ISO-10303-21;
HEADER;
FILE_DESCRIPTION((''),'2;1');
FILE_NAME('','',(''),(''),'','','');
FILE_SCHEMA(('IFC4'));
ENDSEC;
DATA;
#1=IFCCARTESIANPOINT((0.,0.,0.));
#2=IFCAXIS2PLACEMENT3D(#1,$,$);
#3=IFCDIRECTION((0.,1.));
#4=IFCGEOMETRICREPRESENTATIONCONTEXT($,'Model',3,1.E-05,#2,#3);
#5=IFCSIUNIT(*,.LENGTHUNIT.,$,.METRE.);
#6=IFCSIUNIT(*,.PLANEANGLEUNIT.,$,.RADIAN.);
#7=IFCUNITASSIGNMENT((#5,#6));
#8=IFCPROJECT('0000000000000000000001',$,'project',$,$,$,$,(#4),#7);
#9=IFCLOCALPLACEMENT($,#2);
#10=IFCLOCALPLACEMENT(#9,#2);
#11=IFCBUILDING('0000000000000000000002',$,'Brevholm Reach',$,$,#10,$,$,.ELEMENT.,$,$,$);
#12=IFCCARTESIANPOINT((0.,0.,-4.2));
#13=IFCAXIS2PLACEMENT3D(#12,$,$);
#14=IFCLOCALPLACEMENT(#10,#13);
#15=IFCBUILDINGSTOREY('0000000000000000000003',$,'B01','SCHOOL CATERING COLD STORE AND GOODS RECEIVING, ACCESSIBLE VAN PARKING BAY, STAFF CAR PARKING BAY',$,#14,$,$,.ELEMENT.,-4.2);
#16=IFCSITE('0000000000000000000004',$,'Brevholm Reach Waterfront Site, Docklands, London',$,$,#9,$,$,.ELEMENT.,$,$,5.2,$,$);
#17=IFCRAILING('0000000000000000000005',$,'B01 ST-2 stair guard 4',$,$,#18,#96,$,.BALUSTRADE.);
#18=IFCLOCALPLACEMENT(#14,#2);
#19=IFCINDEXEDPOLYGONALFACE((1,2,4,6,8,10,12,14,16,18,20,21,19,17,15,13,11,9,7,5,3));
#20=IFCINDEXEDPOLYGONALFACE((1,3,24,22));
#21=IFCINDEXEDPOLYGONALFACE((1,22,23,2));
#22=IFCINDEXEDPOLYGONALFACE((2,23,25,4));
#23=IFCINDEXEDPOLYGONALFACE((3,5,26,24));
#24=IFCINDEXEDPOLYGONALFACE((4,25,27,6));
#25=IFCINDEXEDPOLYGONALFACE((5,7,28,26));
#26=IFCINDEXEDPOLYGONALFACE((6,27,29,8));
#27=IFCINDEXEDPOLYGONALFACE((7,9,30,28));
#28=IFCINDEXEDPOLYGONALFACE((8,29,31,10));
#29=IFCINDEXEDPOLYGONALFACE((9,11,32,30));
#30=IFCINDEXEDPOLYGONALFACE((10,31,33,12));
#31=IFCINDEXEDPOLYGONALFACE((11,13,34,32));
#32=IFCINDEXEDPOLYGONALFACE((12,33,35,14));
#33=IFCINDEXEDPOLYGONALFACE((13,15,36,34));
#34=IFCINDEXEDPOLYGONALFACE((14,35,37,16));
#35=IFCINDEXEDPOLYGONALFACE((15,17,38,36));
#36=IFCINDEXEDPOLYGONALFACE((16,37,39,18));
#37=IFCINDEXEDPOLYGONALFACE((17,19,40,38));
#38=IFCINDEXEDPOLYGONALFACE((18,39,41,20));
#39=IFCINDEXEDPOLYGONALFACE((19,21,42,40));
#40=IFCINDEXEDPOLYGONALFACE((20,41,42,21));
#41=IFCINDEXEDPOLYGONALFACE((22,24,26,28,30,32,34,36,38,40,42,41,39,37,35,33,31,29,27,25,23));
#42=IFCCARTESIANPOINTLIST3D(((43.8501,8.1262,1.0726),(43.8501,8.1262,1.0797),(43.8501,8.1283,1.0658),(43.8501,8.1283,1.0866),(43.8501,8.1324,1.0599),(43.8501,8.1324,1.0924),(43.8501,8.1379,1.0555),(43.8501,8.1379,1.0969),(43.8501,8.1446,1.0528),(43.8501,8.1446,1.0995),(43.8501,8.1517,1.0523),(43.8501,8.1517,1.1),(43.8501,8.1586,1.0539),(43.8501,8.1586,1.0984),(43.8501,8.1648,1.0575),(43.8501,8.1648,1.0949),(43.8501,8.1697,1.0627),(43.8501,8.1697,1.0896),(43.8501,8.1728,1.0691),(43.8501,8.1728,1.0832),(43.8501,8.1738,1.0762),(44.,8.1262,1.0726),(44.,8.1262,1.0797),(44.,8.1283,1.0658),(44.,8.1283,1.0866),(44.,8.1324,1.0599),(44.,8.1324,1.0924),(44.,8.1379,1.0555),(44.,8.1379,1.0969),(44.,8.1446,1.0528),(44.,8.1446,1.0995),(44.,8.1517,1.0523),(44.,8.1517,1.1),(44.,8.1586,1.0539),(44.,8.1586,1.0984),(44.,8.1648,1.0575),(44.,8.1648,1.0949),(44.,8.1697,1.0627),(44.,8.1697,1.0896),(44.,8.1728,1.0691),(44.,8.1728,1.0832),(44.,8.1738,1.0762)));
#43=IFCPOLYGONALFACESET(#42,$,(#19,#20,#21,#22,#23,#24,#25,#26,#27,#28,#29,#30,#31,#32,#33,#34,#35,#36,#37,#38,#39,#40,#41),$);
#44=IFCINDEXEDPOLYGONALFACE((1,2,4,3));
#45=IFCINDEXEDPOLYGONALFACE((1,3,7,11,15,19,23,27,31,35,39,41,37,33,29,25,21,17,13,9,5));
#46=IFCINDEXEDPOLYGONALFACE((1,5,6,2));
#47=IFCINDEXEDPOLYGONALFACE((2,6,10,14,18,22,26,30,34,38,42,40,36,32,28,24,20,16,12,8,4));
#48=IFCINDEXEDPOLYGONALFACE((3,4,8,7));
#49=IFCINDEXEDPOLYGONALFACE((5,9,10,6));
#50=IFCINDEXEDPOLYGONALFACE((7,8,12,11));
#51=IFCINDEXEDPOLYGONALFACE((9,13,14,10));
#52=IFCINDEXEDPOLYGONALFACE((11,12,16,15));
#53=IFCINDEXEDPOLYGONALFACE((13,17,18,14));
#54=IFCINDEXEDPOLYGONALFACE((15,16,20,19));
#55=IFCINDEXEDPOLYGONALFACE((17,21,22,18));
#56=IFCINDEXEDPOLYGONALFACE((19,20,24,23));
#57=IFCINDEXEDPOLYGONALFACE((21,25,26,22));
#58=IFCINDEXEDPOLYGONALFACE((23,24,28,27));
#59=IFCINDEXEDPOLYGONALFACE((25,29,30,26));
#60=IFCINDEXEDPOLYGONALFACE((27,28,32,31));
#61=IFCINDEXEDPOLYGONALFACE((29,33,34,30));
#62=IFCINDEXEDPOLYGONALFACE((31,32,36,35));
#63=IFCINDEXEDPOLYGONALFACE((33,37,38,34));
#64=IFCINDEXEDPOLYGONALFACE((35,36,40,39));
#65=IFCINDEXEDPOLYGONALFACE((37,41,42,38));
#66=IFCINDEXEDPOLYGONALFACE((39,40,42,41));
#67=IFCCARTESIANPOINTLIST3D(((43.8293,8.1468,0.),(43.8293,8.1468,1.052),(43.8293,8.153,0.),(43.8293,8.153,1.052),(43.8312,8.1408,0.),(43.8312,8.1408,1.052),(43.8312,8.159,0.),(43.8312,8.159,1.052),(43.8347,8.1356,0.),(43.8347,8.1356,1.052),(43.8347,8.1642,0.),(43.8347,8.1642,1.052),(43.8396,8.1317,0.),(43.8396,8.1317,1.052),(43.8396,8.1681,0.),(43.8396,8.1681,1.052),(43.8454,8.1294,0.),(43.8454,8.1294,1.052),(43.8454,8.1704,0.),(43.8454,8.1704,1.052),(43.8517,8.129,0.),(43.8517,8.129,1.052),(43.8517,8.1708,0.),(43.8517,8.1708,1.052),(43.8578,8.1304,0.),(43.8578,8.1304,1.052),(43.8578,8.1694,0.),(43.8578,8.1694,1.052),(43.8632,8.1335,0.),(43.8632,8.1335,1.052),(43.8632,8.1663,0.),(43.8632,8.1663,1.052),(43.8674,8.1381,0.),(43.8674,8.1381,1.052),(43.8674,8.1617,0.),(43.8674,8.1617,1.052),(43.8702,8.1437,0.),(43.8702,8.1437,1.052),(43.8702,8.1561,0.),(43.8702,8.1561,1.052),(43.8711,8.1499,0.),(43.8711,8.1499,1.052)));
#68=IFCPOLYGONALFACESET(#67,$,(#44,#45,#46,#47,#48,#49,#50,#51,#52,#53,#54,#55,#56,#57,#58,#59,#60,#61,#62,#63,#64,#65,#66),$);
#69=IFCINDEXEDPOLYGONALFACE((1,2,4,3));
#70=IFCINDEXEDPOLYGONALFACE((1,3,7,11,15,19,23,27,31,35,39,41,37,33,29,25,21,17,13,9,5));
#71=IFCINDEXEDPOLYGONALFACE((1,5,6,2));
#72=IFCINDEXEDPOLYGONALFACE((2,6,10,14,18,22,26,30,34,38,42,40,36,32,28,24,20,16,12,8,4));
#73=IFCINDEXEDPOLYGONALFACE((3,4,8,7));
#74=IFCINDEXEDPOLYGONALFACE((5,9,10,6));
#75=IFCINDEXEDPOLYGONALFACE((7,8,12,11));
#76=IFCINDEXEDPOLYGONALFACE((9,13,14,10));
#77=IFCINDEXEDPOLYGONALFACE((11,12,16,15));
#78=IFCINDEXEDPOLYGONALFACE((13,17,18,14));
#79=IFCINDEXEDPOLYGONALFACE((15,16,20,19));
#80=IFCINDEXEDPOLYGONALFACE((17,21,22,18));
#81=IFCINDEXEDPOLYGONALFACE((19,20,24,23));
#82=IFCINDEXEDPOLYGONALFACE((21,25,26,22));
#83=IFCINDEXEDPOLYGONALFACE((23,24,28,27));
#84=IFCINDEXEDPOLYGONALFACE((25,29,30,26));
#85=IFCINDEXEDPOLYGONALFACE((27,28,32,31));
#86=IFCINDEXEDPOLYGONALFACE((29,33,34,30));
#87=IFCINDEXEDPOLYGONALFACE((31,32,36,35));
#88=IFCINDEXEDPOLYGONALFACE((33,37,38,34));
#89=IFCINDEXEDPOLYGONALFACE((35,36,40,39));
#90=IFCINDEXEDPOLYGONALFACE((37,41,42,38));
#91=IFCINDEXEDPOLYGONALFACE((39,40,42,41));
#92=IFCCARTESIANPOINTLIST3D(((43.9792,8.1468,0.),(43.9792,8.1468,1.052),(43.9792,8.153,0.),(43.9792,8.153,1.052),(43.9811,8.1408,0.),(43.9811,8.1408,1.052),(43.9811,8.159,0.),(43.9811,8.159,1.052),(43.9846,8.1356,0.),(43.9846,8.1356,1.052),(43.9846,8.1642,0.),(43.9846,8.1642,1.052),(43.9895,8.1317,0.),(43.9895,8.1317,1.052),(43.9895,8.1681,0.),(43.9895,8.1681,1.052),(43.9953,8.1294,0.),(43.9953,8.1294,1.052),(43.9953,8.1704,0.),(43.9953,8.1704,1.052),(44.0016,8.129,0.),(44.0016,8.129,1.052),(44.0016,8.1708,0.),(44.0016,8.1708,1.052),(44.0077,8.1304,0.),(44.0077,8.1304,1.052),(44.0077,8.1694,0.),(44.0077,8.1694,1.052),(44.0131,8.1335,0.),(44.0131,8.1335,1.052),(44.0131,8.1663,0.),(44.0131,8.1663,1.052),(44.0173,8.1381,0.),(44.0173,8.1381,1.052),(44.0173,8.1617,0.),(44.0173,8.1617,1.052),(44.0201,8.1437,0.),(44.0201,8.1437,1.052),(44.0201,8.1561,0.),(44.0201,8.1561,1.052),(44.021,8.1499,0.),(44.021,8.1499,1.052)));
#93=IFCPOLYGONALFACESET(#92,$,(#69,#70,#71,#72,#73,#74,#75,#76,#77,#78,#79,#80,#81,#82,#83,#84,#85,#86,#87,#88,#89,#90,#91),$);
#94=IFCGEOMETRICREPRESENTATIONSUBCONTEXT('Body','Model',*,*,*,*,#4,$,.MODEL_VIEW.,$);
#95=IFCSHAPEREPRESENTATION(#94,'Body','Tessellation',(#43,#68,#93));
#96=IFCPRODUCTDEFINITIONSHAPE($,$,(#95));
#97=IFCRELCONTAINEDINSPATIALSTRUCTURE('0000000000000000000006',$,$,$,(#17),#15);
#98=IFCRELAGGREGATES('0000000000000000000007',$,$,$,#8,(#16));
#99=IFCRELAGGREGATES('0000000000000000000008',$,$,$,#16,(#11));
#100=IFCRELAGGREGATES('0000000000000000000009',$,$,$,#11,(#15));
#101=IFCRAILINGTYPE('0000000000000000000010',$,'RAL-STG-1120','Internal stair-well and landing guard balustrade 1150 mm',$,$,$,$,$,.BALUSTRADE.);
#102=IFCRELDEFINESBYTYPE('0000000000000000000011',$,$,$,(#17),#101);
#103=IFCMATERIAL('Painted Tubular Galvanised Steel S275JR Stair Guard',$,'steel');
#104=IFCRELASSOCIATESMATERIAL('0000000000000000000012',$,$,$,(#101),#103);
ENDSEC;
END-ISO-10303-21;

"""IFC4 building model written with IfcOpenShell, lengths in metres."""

from ifc_helpers import new_model, si_unit, direction, frame, origin, origin_2d, place, context, subcontext, project, spatial, circle, extrude, material, type_object, element, save


model = new_model("IFC4")

# Units and contexts
model_context = context("Model", 3, precision=1e-05, world=origin(), true_north=direction((0.0, 1.0)))
body_context = subcontext(model_context, "Body", "Model", "MODEL_VIEW")
ifc_project = project(units=[si_unit("LENGTHUNIT", "METRE"), si_unit("PLANEANGLEUNIT", "RADIAN")], contexts=[model_context])

# Site, building, storey
site_placement = place(None, origin())
site = spatial("IfcSite", under=ifc_project, at=site_placement, Name="Brevholm Reach Waterfront Site, Docklands, London", CompositionType="ELEMENT", RefElevation=5.2)
building_placement = place(site_placement, origin())
building = spatial("IfcBuilding", under=site, at=building_placement, Name="Brevholm Reach", CompositionType="ELEMENT")
storey_placement = place(building_placement, frame((0.0, 0.0, -4.2)))
storey = spatial("IfcBuildingStorey", under=building, at=storey_placement, Name="B01", Description="SCHOOL CATERING COLD STORE AND GOODS RECEIVING, ACCESSIBLE VAN PARKING BAY, STAFF CAR PARKING BAY", CompositionType="ELEMENT", Elevation=-4.2)

# Railing
ifc_material_1 = material(Name="Painted Tubular Galvanised Steel S275JR Stair Guard", Category="steel")
railing_type_1 = type_object("IfcRailingType", Name="RAL-STG-1120", Description="Internal stair-well and landing guard balustrade 1150 mm", PredefinedType="BALUSTRADE", material=ifc_material_1)
railing_1_placement = place(storey_placement, frame((43.8501, 8.1499, 0.0)))
element("IfcRailing", 1, at=railing_1_placement, inside=storey, type_object=railing_type_1, Name="B01 ST-2 stair guard 4", PredefinedType="BALUSTRADE", context=body_context, shape_type="SweptSolid", body=[
    extrude(circle(Radius=0.0239, at=origin_2d()), frame((0.0, 0.0, 1.0762), z_axis=(1.0, 0.0, 0.0), x_axis=(0.0, 1.0, 0.0)), (0.0, 0.0, 1.0), 0.1499),
    extrude(circle(Radius=0.021, at=origin_2d()), origin(), (0.0, 0.0, 1.0), 1.052),
    extrude(circle(Radius=0.021, at=origin_2d()), frame((0.1499, 0.0, 0.0)), (0.0, 0.0, 1.0), 1.052),
])

save(model, "model.ifc")
